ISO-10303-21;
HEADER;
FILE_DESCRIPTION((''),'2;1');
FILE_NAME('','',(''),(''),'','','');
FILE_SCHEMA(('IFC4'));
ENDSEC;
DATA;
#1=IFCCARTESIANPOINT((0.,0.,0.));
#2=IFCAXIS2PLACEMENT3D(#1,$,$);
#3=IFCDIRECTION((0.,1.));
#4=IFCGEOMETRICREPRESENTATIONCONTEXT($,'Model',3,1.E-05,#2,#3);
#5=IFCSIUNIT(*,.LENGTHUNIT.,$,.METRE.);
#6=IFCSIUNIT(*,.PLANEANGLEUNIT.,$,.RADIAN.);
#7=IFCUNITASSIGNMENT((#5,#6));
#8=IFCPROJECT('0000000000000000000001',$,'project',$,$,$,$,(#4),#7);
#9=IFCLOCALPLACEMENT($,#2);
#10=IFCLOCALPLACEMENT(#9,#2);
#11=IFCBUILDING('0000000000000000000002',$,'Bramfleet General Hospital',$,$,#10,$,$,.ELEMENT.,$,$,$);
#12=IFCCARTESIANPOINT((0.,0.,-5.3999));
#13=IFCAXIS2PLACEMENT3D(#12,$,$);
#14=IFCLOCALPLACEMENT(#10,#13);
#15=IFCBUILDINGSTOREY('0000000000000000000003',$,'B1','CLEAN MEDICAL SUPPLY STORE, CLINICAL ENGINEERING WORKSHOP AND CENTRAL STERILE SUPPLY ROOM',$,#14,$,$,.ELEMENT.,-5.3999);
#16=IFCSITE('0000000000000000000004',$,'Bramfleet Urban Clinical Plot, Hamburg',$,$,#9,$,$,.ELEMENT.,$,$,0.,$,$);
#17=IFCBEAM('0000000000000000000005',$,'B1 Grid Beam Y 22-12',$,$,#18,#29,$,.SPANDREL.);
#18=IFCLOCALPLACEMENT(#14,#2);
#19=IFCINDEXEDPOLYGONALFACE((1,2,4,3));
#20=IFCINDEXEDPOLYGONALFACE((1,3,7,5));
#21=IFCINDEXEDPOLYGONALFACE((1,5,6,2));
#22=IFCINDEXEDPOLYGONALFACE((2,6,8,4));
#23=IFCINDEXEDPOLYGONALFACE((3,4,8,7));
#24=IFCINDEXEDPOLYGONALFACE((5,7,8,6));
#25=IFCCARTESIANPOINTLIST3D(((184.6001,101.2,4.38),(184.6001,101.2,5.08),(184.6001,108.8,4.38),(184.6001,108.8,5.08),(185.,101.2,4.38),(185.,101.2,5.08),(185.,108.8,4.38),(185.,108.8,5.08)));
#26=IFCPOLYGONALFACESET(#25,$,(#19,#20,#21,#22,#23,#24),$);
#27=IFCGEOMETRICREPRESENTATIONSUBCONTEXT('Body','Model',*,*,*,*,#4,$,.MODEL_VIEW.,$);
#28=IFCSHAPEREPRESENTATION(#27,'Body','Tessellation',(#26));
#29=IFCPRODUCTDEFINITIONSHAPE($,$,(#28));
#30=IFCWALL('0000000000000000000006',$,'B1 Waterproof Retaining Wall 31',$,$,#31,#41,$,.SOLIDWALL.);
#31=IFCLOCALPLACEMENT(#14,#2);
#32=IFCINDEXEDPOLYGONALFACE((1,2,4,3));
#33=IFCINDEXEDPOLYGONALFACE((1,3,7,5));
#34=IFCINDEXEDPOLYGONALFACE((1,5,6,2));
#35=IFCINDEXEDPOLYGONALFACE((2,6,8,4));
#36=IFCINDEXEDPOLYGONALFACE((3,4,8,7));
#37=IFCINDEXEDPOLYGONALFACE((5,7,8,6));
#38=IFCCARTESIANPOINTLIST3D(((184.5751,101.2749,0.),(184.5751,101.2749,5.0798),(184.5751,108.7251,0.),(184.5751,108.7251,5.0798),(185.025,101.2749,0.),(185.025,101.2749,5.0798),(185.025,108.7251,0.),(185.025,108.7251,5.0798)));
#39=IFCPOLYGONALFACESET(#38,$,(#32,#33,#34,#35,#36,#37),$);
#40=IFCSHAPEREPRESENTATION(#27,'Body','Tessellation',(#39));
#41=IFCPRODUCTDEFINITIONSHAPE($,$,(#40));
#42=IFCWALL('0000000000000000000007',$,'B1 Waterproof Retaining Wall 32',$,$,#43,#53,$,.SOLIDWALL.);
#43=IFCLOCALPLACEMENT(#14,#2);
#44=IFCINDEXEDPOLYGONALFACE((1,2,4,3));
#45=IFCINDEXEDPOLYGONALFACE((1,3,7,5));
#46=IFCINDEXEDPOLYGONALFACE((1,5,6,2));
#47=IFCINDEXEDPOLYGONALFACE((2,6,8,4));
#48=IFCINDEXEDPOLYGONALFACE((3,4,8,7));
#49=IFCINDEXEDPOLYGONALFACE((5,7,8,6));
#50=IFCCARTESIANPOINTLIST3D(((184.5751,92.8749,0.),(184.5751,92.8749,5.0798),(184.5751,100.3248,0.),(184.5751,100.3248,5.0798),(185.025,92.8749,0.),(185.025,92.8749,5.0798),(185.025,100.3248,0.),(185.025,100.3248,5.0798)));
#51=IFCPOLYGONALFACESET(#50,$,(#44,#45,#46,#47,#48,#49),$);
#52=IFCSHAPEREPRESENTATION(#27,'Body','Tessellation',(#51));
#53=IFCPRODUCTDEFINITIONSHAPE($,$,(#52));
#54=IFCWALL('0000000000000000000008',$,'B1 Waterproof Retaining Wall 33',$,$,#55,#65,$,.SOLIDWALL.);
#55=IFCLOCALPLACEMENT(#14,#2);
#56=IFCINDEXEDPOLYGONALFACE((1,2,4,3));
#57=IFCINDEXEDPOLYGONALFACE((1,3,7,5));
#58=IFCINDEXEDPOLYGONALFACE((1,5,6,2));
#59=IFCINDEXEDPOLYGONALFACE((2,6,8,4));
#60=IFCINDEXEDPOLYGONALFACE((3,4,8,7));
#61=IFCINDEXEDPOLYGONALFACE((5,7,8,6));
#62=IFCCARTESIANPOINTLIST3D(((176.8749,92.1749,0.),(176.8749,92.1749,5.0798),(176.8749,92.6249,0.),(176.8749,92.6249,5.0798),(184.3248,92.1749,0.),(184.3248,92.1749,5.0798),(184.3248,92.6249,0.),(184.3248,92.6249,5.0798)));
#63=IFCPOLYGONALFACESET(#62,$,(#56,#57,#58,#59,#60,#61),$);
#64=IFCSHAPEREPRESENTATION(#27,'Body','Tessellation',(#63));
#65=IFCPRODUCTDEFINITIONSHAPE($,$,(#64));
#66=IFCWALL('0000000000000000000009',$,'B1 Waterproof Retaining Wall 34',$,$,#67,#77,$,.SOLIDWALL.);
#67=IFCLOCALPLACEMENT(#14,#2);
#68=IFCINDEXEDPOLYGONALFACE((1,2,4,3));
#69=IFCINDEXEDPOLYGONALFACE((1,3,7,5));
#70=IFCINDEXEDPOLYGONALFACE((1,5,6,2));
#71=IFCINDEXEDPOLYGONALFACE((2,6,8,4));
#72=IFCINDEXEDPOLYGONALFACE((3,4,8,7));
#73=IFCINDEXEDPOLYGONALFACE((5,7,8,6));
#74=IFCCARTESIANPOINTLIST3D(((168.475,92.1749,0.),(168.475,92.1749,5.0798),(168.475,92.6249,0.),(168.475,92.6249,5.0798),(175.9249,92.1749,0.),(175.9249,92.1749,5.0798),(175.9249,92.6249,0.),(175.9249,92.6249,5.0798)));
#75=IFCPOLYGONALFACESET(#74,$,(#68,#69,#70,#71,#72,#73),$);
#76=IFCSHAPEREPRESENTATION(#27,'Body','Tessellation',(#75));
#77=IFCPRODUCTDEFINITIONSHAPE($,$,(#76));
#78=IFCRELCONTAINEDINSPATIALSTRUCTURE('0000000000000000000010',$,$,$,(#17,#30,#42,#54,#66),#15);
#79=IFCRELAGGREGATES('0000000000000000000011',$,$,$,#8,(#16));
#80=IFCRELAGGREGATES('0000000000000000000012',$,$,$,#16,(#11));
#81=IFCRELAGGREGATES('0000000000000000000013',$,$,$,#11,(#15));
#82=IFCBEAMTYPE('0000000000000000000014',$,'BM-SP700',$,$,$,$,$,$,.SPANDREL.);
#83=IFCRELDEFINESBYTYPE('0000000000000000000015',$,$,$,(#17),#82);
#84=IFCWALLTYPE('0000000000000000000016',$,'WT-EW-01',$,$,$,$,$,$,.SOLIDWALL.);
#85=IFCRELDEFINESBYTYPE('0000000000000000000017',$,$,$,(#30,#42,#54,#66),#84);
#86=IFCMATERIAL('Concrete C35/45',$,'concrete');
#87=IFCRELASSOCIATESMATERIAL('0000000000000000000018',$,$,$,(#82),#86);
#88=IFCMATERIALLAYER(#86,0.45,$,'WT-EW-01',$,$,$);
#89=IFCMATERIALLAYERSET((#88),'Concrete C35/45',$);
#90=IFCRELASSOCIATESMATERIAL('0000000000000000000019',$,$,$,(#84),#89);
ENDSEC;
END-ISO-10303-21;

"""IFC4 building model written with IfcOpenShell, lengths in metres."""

from ifc_helpers import new_model, si_unit, direction, frame, frame_2d, origin, origin_2d, place, context, subcontext, project, spatial, rectangle, extrude, material, layer, layer_set, material_profile, profile_set, type_object, element, save


model = new_model("IFC4")

# Units and contexts
model_context = context("Model", 3, precision=1e-05, world=origin(), true_north=direction((0.0, 1.0)))
body_context = subcontext(model_context, "Body", "Model", "MODEL_VIEW")
ifc_project = project(units=[si_unit("LENGTHUNIT", "METRE"), si_unit("PLANEANGLEUNIT", "RADIAN")], contexts=[model_context])

# Site, building, storey
site_placement = place(None, origin())
site = spatial("IfcSite", under=ifc_project, at=site_placement, Name="Bramfleet Urban Clinical Plot, Hamburg", CompositionType="ELEMENT", RefElevation=0.0)
building_placement = place(site_placement, origin())
building = spatial("IfcBuilding", under=site, at=building_placement, Name="Bramfleet General Hospital", CompositionType="ELEMENT")
storey_placement = place(building_placement, frame((0.0, 0.0, -5.3999)))
storey = spatial("IfcBuildingStorey", under=building, at=storey_placement, Name="B1", Description="CLEAN MEDICAL SUPPLY STORE, CLINICAL ENGINEERING WORKSHOP AND CENTRAL STERILE SUPPLY ROOM", CompositionType="ELEMENT", Elevation=-5.3999)

# Shared definitions
ifc_material_1 = material(Name="Concrete C35/45", Category="concrete")

# Beam
ifc_material_profile_1 = material_profile(ifc_material_1, rectangle(XDim=0.3999, YDim=0.7, at=origin_2d()), Name="RC SP 700x400")
ifc_profile_set_1 = profile_set([ifc_material_profile_1], Name="Concrete C35/45")
beam_type_1 = type_object("IfcBeamType", Name="BM-SP700", PredefinedType="SPANDREL", material=ifc_profile_set_1)
beam_1_placement = place(storey_placement, frame((184.8, 101.2, 4.73), z_axis=(0.0, 1.0, 0.0), x_axis=(-1.0, 0.0, 0.0)))
element("IfcBeam", 1, at=beam_1_placement, inside=storey, type_object=beam_type_1, Name="B1 Grid Beam Y 22-12", PredefinedType="SPANDREL", context=body_context, shape_type="SweptSolid", body=[
    extrude(rectangle(XDim=0.3999, YDim=0.7, at=origin_2d()), origin(), (0.0, 0.0, 1.0), 7.6001),
])

# Walls
ifc_layer = layer(ifc_material_1, 0.45, Name="WT-EW-01")
ifc_layer_set = layer_set([ifc_layer], Name="Concrete C35/45")
wall_type = type_object("IfcWallType", Name="WT-EW-01", PredefinedType="SOLIDWALL", material=ifc_layer_set)
wall_placement = place(storey_placement, frame((184.8, 108.7251, 0.0), z_axis=(0.0, 0.0, 1.0), x_axis=(0.0, -1.0, 0.0)))
element("IfcWall", 2, at=wall_placement, inside=storey, type_object=wall_type, Name="B1 Waterproof Retaining Wall 31", PredefinedType="SOLIDWALL", context=body_context, shape_type="SweptSolid", body=[
    extrude(rectangle(XDim=7.4502, YDim=0.45, at=frame_2d((3.7251, 0.0))), origin(), (0.0, 0.0, 1.0), 5.0798),
])
for number, where, z_axis, x_axis, name in (
    (3, (184.8, 100.325, 0.0), (0.0, 0.0, 1.0), (0.0, -1.0, 0.0), "B1 Waterproof Retaining Wall 32"),
    (4, (184.325, 92.3999, 0.0), (0.0, 0.0, 1.0), (-1.0, 0.0, 0.0), "B1 Waterproof Retaining Wall 33"),
    (5, (175.925, 92.3999, 0.0), (0.0, 0.0, 1.0), (-1.0, 0.0, 0.0), "B1 Waterproof Retaining Wall 34"),
):
    element("IfcWall", number, at=place(storey_placement, frame(where, z_axis=z_axis, x_axis=x_axis)), inside=storey, type_object=wall_type, Name=name, PredefinedType="SOLIDWALL", context=body_context, shape_type="SweptSolid", body=[
        extrude(rectangle(XDim=7.45, YDim=0.45, at=frame_2d((3.7251, 0.0))), origin(), (0.0, 0.0, 1.0), 5.0798),
    ])

save(model, "model.ifc")
